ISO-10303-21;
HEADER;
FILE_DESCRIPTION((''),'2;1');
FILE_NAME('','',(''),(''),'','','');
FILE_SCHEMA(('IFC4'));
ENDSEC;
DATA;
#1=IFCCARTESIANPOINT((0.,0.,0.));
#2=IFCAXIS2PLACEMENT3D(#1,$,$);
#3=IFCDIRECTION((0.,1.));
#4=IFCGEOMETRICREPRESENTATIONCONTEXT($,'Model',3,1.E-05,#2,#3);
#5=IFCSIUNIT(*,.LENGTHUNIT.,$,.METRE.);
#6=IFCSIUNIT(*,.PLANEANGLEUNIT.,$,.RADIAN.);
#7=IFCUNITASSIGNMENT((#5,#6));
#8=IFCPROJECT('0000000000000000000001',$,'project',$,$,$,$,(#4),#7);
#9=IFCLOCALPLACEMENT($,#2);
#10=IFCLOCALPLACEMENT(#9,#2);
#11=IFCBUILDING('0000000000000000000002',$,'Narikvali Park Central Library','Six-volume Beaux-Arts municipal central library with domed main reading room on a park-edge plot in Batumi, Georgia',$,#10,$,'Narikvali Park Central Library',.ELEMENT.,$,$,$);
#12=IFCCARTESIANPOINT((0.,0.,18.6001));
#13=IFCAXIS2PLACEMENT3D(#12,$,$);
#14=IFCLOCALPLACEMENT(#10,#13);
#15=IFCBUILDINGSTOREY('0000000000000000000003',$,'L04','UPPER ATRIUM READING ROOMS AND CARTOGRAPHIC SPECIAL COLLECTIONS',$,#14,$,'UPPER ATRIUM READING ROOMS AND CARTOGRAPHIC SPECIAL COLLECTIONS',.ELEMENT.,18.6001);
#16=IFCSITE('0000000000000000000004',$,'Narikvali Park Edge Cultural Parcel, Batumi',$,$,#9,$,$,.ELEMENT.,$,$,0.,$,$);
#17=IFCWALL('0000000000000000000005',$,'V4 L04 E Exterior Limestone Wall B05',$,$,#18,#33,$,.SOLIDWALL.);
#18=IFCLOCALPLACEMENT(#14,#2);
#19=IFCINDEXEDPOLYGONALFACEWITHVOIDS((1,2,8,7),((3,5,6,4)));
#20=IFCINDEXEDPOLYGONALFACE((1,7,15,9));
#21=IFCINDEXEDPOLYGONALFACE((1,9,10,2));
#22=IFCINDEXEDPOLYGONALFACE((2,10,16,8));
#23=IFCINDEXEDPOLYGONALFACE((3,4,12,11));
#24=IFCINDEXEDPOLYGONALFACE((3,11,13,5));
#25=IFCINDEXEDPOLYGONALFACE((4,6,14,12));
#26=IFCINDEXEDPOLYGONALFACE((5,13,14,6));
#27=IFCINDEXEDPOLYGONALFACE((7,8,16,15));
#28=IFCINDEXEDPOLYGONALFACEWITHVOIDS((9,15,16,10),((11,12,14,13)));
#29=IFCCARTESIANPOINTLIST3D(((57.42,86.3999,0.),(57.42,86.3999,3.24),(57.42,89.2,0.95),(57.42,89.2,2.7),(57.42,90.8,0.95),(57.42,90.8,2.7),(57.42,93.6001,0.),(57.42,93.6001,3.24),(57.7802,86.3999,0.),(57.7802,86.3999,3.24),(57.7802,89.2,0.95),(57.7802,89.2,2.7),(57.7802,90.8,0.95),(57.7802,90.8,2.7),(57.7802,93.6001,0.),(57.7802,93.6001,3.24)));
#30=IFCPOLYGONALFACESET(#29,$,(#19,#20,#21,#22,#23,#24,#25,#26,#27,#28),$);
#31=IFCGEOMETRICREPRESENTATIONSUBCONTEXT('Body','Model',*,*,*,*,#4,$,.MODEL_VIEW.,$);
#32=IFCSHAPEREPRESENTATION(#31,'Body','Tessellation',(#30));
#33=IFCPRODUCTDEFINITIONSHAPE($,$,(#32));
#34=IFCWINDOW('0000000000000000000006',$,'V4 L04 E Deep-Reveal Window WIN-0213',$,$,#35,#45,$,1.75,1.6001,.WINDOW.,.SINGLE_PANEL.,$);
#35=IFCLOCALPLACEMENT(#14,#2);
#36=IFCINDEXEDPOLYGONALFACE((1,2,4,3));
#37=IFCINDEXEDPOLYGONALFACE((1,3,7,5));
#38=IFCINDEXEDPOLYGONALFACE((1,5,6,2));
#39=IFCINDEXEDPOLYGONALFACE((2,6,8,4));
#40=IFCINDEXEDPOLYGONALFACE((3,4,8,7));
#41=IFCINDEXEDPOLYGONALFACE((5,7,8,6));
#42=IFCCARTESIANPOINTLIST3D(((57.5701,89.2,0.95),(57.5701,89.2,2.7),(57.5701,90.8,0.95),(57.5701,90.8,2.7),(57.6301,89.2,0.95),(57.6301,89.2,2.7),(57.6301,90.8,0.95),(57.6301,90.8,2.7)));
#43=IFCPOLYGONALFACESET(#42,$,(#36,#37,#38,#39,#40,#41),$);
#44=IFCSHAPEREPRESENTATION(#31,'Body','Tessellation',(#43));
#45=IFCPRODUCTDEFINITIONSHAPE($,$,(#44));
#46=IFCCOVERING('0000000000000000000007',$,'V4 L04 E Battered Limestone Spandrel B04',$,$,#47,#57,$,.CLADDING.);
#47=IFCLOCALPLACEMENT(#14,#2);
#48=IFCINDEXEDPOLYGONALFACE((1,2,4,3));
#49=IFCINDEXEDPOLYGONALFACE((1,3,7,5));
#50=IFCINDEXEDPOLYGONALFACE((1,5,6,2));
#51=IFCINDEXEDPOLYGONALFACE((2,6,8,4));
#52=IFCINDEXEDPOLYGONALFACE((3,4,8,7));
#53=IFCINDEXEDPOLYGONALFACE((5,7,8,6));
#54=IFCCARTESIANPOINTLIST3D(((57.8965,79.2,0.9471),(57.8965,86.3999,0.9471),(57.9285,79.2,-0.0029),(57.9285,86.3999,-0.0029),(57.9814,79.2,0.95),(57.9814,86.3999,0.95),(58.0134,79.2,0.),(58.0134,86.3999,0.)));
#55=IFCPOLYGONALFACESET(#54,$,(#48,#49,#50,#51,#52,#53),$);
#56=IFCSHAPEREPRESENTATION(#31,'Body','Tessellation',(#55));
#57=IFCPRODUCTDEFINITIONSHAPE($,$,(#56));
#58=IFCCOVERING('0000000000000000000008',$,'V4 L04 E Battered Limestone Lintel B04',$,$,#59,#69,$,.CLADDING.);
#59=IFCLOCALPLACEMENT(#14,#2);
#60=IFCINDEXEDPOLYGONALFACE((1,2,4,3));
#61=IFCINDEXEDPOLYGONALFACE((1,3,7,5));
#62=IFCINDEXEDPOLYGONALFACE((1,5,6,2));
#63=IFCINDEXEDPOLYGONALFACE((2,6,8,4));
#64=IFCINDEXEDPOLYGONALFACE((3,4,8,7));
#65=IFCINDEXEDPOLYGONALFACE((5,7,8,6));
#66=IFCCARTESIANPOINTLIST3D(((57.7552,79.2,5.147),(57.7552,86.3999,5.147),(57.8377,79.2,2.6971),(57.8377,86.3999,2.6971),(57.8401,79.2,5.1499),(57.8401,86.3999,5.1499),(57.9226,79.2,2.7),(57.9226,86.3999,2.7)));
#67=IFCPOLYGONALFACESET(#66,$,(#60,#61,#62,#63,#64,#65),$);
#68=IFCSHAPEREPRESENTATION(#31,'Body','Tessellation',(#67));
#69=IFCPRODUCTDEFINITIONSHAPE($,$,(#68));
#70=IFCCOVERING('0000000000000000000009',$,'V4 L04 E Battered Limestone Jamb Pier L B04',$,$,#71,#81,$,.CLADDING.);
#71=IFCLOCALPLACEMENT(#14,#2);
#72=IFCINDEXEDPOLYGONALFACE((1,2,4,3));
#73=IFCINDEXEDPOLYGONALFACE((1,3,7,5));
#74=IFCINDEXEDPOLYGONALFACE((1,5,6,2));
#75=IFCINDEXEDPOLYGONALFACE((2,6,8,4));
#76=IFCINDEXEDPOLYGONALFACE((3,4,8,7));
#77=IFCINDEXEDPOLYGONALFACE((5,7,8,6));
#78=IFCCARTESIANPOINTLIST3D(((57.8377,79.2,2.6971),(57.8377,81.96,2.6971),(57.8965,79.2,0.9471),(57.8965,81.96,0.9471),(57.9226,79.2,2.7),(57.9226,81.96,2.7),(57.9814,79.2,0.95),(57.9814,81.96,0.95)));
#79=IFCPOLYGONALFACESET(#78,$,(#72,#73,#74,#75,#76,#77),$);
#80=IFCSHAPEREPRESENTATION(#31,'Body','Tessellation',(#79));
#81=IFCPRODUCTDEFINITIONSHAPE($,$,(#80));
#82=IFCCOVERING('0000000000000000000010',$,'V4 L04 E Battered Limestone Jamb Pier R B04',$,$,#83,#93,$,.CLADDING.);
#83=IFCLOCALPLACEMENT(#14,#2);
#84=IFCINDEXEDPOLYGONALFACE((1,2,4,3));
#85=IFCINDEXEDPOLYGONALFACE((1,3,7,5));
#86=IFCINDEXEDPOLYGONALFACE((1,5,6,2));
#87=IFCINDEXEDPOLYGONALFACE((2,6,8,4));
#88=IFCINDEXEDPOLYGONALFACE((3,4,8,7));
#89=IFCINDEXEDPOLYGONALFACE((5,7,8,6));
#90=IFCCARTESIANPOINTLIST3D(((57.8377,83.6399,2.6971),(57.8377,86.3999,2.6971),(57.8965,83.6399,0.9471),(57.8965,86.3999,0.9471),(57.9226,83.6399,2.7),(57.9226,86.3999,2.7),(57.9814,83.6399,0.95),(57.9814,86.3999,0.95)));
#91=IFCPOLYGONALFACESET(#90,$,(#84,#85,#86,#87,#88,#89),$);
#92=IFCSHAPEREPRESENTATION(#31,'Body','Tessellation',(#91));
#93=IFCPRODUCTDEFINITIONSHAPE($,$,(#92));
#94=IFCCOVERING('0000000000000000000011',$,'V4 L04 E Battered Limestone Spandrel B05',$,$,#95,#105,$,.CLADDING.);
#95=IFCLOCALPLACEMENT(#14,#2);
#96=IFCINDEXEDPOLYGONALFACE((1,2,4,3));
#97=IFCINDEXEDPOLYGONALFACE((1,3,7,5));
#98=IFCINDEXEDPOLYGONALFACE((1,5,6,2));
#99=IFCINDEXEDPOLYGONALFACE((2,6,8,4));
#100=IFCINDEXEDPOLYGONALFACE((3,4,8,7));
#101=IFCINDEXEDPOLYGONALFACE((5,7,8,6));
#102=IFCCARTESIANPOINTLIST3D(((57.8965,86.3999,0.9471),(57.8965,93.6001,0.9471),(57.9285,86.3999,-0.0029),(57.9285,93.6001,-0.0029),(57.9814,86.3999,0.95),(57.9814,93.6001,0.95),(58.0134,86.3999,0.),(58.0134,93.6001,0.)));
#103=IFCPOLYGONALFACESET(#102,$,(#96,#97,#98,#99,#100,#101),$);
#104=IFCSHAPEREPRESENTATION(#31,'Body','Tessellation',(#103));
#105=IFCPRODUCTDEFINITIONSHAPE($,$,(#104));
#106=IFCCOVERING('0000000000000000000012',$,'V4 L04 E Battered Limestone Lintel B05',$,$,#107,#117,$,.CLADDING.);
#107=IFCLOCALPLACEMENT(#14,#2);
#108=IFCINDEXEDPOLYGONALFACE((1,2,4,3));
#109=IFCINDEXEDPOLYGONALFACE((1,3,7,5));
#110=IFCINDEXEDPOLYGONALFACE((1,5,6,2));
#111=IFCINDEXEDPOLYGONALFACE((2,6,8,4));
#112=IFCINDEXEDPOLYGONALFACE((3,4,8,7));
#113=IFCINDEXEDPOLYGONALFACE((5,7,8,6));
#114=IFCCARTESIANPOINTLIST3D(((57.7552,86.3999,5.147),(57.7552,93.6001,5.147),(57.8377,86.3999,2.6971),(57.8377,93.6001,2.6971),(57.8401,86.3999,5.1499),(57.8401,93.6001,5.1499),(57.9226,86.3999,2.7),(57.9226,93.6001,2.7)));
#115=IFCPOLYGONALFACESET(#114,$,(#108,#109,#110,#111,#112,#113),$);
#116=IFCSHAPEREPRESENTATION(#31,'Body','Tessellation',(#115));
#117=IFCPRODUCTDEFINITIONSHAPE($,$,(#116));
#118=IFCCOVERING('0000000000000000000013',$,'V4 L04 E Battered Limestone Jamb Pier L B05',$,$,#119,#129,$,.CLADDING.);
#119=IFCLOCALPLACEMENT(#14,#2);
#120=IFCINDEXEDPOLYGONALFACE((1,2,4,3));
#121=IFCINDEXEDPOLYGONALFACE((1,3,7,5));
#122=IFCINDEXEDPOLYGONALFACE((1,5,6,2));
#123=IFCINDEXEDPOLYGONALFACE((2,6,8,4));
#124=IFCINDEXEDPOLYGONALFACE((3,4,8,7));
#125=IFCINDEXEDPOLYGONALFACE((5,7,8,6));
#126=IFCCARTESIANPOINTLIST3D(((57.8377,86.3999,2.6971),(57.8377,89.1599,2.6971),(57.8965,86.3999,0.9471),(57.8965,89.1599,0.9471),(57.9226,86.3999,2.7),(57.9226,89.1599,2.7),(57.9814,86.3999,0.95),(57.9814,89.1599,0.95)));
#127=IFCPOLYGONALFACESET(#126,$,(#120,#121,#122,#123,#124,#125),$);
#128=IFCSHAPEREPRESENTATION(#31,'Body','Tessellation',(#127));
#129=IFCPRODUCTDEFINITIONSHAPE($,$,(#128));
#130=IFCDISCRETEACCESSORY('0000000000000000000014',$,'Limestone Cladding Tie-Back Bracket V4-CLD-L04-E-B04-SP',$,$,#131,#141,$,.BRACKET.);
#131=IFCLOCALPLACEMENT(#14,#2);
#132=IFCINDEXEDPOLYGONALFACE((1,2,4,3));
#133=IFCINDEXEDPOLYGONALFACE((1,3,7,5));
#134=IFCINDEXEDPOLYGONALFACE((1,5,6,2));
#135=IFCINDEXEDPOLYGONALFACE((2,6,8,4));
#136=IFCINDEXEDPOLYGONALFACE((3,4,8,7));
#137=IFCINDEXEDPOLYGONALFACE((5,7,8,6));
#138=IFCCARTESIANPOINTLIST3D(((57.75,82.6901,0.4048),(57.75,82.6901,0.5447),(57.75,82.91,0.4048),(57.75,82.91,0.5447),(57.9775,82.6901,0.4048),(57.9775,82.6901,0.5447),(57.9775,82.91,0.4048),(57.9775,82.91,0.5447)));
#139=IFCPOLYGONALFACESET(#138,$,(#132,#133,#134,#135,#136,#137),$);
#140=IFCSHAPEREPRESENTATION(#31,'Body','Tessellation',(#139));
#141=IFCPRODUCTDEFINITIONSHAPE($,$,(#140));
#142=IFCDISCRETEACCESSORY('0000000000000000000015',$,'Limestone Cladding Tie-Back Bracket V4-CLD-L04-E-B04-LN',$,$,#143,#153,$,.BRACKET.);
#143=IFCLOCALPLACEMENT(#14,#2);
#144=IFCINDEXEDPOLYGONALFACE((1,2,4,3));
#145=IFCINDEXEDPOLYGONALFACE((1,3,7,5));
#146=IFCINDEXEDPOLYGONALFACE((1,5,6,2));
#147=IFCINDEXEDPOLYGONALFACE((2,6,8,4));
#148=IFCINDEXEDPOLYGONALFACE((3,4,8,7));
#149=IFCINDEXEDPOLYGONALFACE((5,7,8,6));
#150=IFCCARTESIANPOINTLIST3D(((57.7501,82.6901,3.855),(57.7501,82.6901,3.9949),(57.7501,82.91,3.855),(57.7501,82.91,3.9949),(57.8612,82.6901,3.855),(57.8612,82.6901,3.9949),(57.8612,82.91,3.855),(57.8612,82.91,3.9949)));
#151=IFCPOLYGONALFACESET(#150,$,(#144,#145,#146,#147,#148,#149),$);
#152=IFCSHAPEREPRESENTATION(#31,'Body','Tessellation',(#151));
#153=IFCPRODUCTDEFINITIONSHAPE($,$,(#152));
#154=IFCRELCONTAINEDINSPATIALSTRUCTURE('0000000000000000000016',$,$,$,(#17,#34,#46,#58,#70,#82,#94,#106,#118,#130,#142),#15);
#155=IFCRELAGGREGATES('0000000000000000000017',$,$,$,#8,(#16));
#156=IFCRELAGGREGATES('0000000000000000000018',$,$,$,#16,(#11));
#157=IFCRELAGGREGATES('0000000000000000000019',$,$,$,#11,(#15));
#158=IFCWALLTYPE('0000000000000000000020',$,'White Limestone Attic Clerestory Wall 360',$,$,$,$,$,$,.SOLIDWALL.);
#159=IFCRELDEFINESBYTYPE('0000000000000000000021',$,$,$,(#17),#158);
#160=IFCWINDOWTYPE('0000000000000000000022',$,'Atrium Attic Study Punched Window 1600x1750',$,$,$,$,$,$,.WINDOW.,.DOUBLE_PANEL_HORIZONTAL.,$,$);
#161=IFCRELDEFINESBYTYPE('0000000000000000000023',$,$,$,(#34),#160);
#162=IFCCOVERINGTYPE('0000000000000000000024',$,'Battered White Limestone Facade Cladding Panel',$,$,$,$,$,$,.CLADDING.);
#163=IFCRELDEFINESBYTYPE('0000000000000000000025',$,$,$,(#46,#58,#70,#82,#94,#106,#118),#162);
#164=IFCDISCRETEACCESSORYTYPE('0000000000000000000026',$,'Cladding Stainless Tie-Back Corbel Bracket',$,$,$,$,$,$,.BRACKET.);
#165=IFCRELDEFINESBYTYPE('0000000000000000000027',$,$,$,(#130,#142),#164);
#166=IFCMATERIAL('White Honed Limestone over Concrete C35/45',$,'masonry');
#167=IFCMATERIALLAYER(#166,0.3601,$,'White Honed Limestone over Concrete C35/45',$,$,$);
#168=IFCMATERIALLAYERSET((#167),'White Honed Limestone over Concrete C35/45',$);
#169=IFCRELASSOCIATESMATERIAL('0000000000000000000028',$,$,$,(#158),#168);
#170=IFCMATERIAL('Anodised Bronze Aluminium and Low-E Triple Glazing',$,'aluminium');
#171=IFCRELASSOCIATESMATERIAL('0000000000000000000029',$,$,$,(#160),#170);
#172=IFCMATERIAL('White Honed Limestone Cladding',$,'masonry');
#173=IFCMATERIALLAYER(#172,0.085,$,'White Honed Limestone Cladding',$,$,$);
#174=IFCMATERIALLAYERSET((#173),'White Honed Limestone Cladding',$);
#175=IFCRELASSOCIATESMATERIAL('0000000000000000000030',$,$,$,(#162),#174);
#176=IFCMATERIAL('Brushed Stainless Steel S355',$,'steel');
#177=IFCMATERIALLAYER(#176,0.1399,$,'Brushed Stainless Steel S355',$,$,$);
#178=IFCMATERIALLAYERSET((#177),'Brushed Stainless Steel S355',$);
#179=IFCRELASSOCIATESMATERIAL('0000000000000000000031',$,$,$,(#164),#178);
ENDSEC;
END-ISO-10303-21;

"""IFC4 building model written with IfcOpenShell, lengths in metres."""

from ifc_helpers import new_model, si_unit, direction, frame, frame_2d, origin, origin_2d, place, context, subcontext, project, spatial, polyline, rectangle, outline, extrude, material, layer, layer_set, type_object, element, fill, save


model = new_model("IFC4")

# Units and contexts
model_context = context("Model", 3, precision=1e-05, world=origin(), true_north=direction((0.0, 1.0)))
body_context = subcontext(model_context, "Body", "Model", "MODEL_VIEW")
ifc_project = project(units=[si_unit("LENGTHUNIT", "METRE"), si_unit("PLANEANGLEUNIT", "RADIAN")], contexts=[model_context])

# Site, building, storey
site_placement = place(None, origin())
site = spatial("IfcSite", under=ifc_project, at=site_placement, Name="Narikvali Park Edge Cultural Parcel, Batumi", CompositionType="ELEMENT", RefElevation=0.0)
building_placement = place(site_placement, origin())
building = spatial("IfcBuilding", under=site, at=building_placement, Name="Narikvali Park Central Library", Description="Six-volume Beaux-Arts municipal central library with domed main reading room on a park-edge plot in Batumi, Georgia", LongName="Narikvali Park Central Library", CompositionType="ELEMENT")
storey_placement = place(building_placement, frame((0.0, 0.0, 18.6001)))
storey = spatial("IfcBuildingStorey", under=building, at=storey_placement, Name="L04", Description="UPPER ATRIUM READING ROOMS AND CARTOGRAPHIC SPECIAL COLLECTIONS", LongName="UPPER ATRIUM READING ROOMS AND CARTOGRAPHIC SPECIAL COLLECTIONS", CompositionType="ELEMENT", Elevation=18.6001)

# Wall, opening, window
ifc_material_1 = material(Name="White Honed Limestone over Concrete C35/45", Category="masonry")
ifc_layer_1 = layer(ifc_material_1, 0.3601, Name="White Honed Limestone over Concrete C35/45")
ifc_layer_set_1 = layer_set([ifc_layer_1], Name="White Honed Limestone over Concrete C35/45")
wall_type = type_object("IfcWallType", Name="White Limestone Attic Clerestory Wall 360", PredefinedType="SOLIDWALL", material=ifc_layer_set_1)
ifc_material_2 = material(Name="Anodised Bronze Aluminium and Low-E Triple Glazing", Category="aluminium")
window_type = type_object("IfcWindowType", Name="Atrium Attic Study Punched Window 1600x1750", PartitioningType="DOUBLE_PANEL_HORIZONTAL", PredefinedType="WINDOW", material=ifc_material_2)
wall_1_placement = place(storey_placement, frame((57.6001, 86.3999, 0.0), z_axis=(0.0, 0.0, 1.0), x_axis=(0.0, 1.0, 0.0)))
wall_1 = element("IfcWall", 1, at=wall_1_placement, inside=storey, type_object=wall_type, Name="V4 L04 E Exterior Limestone Wall B05", PredefinedType="SOLIDWALL", context=body_context, shape_type="SweptSolid", body=[
    extrude(rectangle(XDim=7.2002, YDim=0.3601, at=frame_2d((3.6001, 0.0))), origin(), (0.0, 0.0, 1.0), 3.24),
])
opening_1_placement = place(wall_1_placement, frame((2.8, 0.0, 0.95)))
opening_1 = element("IfcOpeningElement", 2, at=opening_1_placement, cuts=wall_1, PredefinedType="OPENING", context=body_context, shape_type="SweptSolid", body=[
    extrude(rectangle(XDim=1.6001, YDim=1.75, at=frame_2d((0.8, 0.875))), frame((0.0, 0.1919, 0.0), z_axis=(0.0, -1.0, 0.0), x_axis=(1.0, 0.0, 0.0)), (0.0, 0.0, 1.0), 0.384),
])
window_1_placement = place(opening_1_placement, origin())
window_1 = element("IfcWindow", 3, at=window_1_placement, inside=storey, type_object=window_type, Name="V4 L04 E Deep-Reveal Window WIN-0213", OverallHeight=1.75, OverallWidth=1.6001, PartitioningType="SINGLE_PANEL", PredefinedType="WINDOW", context=body_context, shape_type="SweptSolid", body=[
    extrude(rectangle(XDim=1.6001, YDim=1.75, at=frame_2d((0.8, 0.875))), frame((0.0, 0.03, 0.0), z_axis=(0.0, -1.0, 0.0), x_axis=(1.0, 0.0, 0.0)), (0.0, 0.0, 1.0), 0.0601),
])
fill(opening_1, window_1)

# Coverings
ifc_material_3 = material(Name="White Honed Limestone Cladding", Category="masonry")
ifc_layer_2 = layer(ifc_material_3, 0.085, Name="White Honed Limestone Cladding")
ifc_layer_set_2 = layer_set([ifc_layer_2], Name="White Honed Limestone Cladding")
covering_type = type_object("IfcCoveringType", Name="Battered White Limestone Facade Cladding Panel", PredefinedType="CLADDING", material=ifc_layer_set_2)
covering_1_placement = place(storey_placement, frame((58.0134, 79.2, 0.0), z_axis=(0.999434, 0.0, 0.033648), x_axis=(0.0, 1.0, 0.0)))
element("IfcCovering", 4, at=covering_1_placement, inside=storey, type_object=covering_type, Name="V4 L04 E Battered Limestone Spandrel B04", PredefinedType="CLADDING", context=body_context, shape_type="SweptSolid", body=[
    extrude(outline(polyline([(0.0, 0.0), (7.2, 0.0), (7.2, 0.9505), (0.0, 0.9505), (0.0, 0.0)])), origin(), (0.0, 0.0, -1.0), 0.085),
])
covering_2_placement = place(storey_placement, frame((57.9226, 79.2, 2.7), z_axis=(0.999433, 0.0, 0.033663), x_axis=(0.0, 1.0, 0.0)))
element("IfcCovering", 5, at=covering_2_placement, inside=storey, type_object=covering_type, Name="V4 L04 E Battered Limestone Lintel B04", PredefinedType="CLADDING", context=body_context, shape_type="SweptSolid", body=[
    extrude(outline(polyline([(0.0, 0.0), (7.2, 0.0), (7.2, 2.4513), (0.0, 2.4513), (0.0, 0.0)])), origin(), (0.0, 0.0, -1.0), 0.085),
])
for number, where, z_axis, x_axis, name in (
    (6, (57.9814, 79.2, 0.95), (0.999435, 0.0, 0.033603), (0.0, 1.0, 0.0), "V4 L04 E Battered Limestone Jamb Pier L B04"),
    (7, (57.9814, 83.6399, 0.95), (0.999435, 0.0, 0.033603), (0.0, 1.0, 0.0), "V4 L04 E Battered Limestone Jamb Pier R B04"),
):
    element("IfcCovering", number, at=place(storey_placement, frame(where, z_axis=z_axis, x_axis=x_axis)), inside=storey, type_object=covering_type, Name=name, PredefinedType="CLADDING", context=body_context, shape_type="SweptSolid", body=[
        extrude(outline(polyline([(0.0, 0.0), (2.76, 0.0), (2.76, 1.751), (0.0, 1.751), (0.0, 0.0)])), origin(), (0.0, 0.0, -1.0), 0.085),
    ])
covering_3_placement = place(storey_placement, frame((58.0134, 86.3999, 0.0), z_axis=(0.999434, 0.0, 0.033648), x_axis=(0.0, 1.0, 0.0)))
element("IfcCovering", 8, at=covering_3_placement, inside=storey, type_object=covering_type, Name="V4 L04 E Battered Limestone Spandrel B05", PredefinedType="CLADDING", context=body_context, shape_type="SweptSolid", body=[
    extrude(outline(polyline([(0.0, 0.0), (7.2002, 0.0), (7.2002, 0.9505), (0.0, 0.9505), (0.0, 0.0)])), origin(), (0.0, 0.0, -1.0), 0.085),
])
covering_4_placement = place(storey_placement, frame((57.9226, 86.3999, 2.7), z_axis=(0.999433, 0.0, 0.033663), x_axis=(0.0, 1.0, 0.0)))
element("IfcCovering", 9, at=covering_4_placement, inside=storey, type_object=covering_type, Name="V4 L04 E Battered Limestone Lintel B05", PredefinedType="CLADDING", context=body_context, shape_type="SweptSolid", body=[
    extrude(outline(polyline([(0.0, 0.0), (7.2002, 0.0), (7.2002, 2.4513), (0.0, 2.4513), (0.0, 0.0)])), origin(), (0.0, 0.0, -1.0), 0.085),
])
covering_5_placement = place(storey_placement, frame((57.9814, 86.3999, 0.95), z_axis=(0.999435, 0.0, 0.033603), x_axis=(0.0, 1.0, 0.0)))
element("IfcCovering", 10, at=covering_5_placement, inside=storey, type_object=covering_type, Name="V4 L04 E Battered Limestone Jamb Pier L B05", PredefinedType="CLADDING", context=body_context, shape_type="SweptSolid", body=[
    extrude(outline(polyline([(0.0, 0.0), (2.76, 0.0), (2.76, 1.751), (0.0, 1.751), (0.0, 0.0)])), origin(), (0.0, 0.0, -1.0), 0.085),
])

# Discrete accessories
ifc_material_4 = material(Name="Brushed Stainless Steel S355", Category="steel")
ifc_layer_3 = layer(ifc_material_4, 0.1399, Name="Brushed Stainless Steel S355")
ifc_layer_set_3 = layer_set([ifc_layer_3], Name="Brushed Stainless Steel S355")
discrete_accessory_type = type_object("IfcDiscreteAccessoryType", Name="Cladding Stainless Tie-Back Corbel Bracket", PredefinedType="BRACKET", material=ifc_layer_set_3)
discrete_accessory_1_placement = place(storey_placement, frame((57.8638, 82.8, 0.4048), z_axis=(0.0, 0.0, 1.0), x_axis=(1.0, 0.0, 0.0)))
element("IfcDiscreteAccessory", 11, at=discrete_accessory_1_placement, inside=storey, type_object=discrete_accessory_type, Name="Limestone Cladding Tie-Back Bracket V4-CLD-L04-E-B04-SP", PredefinedType="BRACKET", context=body_context, shape_type="SweptSolid", body=[
    extrude(rectangle(XDim=0.2275, YDim=0.22, at=origin_2d()), origin(), (0.0, 0.0, 1.0), 0.1399),
])
discrete_accessory_2_placement = place(storey_placement, frame((57.8057, 82.8, 3.855), z_axis=(0.0, 0.0, 1.0), x_axis=(1.0, 0.0, 0.0)))
element("IfcDiscreteAccessory", 12, at=discrete_accessory_2_placement, inside=storey, type_object=discrete_accessory_type, Name="Limestone Cladding Tie-Back Bracket V4-CLD-L04-E-B04-LN", PredefinedType="BRACKET", context=body_context, shape_type="SweptSolid", body=[
    extrude(rectangle(XDim=0.1111, YDim=0.22, at=origin_2d()), origin(), (0.0, 0.0, 1.0), 0.1399),
])

save(model, "model.ifc")
